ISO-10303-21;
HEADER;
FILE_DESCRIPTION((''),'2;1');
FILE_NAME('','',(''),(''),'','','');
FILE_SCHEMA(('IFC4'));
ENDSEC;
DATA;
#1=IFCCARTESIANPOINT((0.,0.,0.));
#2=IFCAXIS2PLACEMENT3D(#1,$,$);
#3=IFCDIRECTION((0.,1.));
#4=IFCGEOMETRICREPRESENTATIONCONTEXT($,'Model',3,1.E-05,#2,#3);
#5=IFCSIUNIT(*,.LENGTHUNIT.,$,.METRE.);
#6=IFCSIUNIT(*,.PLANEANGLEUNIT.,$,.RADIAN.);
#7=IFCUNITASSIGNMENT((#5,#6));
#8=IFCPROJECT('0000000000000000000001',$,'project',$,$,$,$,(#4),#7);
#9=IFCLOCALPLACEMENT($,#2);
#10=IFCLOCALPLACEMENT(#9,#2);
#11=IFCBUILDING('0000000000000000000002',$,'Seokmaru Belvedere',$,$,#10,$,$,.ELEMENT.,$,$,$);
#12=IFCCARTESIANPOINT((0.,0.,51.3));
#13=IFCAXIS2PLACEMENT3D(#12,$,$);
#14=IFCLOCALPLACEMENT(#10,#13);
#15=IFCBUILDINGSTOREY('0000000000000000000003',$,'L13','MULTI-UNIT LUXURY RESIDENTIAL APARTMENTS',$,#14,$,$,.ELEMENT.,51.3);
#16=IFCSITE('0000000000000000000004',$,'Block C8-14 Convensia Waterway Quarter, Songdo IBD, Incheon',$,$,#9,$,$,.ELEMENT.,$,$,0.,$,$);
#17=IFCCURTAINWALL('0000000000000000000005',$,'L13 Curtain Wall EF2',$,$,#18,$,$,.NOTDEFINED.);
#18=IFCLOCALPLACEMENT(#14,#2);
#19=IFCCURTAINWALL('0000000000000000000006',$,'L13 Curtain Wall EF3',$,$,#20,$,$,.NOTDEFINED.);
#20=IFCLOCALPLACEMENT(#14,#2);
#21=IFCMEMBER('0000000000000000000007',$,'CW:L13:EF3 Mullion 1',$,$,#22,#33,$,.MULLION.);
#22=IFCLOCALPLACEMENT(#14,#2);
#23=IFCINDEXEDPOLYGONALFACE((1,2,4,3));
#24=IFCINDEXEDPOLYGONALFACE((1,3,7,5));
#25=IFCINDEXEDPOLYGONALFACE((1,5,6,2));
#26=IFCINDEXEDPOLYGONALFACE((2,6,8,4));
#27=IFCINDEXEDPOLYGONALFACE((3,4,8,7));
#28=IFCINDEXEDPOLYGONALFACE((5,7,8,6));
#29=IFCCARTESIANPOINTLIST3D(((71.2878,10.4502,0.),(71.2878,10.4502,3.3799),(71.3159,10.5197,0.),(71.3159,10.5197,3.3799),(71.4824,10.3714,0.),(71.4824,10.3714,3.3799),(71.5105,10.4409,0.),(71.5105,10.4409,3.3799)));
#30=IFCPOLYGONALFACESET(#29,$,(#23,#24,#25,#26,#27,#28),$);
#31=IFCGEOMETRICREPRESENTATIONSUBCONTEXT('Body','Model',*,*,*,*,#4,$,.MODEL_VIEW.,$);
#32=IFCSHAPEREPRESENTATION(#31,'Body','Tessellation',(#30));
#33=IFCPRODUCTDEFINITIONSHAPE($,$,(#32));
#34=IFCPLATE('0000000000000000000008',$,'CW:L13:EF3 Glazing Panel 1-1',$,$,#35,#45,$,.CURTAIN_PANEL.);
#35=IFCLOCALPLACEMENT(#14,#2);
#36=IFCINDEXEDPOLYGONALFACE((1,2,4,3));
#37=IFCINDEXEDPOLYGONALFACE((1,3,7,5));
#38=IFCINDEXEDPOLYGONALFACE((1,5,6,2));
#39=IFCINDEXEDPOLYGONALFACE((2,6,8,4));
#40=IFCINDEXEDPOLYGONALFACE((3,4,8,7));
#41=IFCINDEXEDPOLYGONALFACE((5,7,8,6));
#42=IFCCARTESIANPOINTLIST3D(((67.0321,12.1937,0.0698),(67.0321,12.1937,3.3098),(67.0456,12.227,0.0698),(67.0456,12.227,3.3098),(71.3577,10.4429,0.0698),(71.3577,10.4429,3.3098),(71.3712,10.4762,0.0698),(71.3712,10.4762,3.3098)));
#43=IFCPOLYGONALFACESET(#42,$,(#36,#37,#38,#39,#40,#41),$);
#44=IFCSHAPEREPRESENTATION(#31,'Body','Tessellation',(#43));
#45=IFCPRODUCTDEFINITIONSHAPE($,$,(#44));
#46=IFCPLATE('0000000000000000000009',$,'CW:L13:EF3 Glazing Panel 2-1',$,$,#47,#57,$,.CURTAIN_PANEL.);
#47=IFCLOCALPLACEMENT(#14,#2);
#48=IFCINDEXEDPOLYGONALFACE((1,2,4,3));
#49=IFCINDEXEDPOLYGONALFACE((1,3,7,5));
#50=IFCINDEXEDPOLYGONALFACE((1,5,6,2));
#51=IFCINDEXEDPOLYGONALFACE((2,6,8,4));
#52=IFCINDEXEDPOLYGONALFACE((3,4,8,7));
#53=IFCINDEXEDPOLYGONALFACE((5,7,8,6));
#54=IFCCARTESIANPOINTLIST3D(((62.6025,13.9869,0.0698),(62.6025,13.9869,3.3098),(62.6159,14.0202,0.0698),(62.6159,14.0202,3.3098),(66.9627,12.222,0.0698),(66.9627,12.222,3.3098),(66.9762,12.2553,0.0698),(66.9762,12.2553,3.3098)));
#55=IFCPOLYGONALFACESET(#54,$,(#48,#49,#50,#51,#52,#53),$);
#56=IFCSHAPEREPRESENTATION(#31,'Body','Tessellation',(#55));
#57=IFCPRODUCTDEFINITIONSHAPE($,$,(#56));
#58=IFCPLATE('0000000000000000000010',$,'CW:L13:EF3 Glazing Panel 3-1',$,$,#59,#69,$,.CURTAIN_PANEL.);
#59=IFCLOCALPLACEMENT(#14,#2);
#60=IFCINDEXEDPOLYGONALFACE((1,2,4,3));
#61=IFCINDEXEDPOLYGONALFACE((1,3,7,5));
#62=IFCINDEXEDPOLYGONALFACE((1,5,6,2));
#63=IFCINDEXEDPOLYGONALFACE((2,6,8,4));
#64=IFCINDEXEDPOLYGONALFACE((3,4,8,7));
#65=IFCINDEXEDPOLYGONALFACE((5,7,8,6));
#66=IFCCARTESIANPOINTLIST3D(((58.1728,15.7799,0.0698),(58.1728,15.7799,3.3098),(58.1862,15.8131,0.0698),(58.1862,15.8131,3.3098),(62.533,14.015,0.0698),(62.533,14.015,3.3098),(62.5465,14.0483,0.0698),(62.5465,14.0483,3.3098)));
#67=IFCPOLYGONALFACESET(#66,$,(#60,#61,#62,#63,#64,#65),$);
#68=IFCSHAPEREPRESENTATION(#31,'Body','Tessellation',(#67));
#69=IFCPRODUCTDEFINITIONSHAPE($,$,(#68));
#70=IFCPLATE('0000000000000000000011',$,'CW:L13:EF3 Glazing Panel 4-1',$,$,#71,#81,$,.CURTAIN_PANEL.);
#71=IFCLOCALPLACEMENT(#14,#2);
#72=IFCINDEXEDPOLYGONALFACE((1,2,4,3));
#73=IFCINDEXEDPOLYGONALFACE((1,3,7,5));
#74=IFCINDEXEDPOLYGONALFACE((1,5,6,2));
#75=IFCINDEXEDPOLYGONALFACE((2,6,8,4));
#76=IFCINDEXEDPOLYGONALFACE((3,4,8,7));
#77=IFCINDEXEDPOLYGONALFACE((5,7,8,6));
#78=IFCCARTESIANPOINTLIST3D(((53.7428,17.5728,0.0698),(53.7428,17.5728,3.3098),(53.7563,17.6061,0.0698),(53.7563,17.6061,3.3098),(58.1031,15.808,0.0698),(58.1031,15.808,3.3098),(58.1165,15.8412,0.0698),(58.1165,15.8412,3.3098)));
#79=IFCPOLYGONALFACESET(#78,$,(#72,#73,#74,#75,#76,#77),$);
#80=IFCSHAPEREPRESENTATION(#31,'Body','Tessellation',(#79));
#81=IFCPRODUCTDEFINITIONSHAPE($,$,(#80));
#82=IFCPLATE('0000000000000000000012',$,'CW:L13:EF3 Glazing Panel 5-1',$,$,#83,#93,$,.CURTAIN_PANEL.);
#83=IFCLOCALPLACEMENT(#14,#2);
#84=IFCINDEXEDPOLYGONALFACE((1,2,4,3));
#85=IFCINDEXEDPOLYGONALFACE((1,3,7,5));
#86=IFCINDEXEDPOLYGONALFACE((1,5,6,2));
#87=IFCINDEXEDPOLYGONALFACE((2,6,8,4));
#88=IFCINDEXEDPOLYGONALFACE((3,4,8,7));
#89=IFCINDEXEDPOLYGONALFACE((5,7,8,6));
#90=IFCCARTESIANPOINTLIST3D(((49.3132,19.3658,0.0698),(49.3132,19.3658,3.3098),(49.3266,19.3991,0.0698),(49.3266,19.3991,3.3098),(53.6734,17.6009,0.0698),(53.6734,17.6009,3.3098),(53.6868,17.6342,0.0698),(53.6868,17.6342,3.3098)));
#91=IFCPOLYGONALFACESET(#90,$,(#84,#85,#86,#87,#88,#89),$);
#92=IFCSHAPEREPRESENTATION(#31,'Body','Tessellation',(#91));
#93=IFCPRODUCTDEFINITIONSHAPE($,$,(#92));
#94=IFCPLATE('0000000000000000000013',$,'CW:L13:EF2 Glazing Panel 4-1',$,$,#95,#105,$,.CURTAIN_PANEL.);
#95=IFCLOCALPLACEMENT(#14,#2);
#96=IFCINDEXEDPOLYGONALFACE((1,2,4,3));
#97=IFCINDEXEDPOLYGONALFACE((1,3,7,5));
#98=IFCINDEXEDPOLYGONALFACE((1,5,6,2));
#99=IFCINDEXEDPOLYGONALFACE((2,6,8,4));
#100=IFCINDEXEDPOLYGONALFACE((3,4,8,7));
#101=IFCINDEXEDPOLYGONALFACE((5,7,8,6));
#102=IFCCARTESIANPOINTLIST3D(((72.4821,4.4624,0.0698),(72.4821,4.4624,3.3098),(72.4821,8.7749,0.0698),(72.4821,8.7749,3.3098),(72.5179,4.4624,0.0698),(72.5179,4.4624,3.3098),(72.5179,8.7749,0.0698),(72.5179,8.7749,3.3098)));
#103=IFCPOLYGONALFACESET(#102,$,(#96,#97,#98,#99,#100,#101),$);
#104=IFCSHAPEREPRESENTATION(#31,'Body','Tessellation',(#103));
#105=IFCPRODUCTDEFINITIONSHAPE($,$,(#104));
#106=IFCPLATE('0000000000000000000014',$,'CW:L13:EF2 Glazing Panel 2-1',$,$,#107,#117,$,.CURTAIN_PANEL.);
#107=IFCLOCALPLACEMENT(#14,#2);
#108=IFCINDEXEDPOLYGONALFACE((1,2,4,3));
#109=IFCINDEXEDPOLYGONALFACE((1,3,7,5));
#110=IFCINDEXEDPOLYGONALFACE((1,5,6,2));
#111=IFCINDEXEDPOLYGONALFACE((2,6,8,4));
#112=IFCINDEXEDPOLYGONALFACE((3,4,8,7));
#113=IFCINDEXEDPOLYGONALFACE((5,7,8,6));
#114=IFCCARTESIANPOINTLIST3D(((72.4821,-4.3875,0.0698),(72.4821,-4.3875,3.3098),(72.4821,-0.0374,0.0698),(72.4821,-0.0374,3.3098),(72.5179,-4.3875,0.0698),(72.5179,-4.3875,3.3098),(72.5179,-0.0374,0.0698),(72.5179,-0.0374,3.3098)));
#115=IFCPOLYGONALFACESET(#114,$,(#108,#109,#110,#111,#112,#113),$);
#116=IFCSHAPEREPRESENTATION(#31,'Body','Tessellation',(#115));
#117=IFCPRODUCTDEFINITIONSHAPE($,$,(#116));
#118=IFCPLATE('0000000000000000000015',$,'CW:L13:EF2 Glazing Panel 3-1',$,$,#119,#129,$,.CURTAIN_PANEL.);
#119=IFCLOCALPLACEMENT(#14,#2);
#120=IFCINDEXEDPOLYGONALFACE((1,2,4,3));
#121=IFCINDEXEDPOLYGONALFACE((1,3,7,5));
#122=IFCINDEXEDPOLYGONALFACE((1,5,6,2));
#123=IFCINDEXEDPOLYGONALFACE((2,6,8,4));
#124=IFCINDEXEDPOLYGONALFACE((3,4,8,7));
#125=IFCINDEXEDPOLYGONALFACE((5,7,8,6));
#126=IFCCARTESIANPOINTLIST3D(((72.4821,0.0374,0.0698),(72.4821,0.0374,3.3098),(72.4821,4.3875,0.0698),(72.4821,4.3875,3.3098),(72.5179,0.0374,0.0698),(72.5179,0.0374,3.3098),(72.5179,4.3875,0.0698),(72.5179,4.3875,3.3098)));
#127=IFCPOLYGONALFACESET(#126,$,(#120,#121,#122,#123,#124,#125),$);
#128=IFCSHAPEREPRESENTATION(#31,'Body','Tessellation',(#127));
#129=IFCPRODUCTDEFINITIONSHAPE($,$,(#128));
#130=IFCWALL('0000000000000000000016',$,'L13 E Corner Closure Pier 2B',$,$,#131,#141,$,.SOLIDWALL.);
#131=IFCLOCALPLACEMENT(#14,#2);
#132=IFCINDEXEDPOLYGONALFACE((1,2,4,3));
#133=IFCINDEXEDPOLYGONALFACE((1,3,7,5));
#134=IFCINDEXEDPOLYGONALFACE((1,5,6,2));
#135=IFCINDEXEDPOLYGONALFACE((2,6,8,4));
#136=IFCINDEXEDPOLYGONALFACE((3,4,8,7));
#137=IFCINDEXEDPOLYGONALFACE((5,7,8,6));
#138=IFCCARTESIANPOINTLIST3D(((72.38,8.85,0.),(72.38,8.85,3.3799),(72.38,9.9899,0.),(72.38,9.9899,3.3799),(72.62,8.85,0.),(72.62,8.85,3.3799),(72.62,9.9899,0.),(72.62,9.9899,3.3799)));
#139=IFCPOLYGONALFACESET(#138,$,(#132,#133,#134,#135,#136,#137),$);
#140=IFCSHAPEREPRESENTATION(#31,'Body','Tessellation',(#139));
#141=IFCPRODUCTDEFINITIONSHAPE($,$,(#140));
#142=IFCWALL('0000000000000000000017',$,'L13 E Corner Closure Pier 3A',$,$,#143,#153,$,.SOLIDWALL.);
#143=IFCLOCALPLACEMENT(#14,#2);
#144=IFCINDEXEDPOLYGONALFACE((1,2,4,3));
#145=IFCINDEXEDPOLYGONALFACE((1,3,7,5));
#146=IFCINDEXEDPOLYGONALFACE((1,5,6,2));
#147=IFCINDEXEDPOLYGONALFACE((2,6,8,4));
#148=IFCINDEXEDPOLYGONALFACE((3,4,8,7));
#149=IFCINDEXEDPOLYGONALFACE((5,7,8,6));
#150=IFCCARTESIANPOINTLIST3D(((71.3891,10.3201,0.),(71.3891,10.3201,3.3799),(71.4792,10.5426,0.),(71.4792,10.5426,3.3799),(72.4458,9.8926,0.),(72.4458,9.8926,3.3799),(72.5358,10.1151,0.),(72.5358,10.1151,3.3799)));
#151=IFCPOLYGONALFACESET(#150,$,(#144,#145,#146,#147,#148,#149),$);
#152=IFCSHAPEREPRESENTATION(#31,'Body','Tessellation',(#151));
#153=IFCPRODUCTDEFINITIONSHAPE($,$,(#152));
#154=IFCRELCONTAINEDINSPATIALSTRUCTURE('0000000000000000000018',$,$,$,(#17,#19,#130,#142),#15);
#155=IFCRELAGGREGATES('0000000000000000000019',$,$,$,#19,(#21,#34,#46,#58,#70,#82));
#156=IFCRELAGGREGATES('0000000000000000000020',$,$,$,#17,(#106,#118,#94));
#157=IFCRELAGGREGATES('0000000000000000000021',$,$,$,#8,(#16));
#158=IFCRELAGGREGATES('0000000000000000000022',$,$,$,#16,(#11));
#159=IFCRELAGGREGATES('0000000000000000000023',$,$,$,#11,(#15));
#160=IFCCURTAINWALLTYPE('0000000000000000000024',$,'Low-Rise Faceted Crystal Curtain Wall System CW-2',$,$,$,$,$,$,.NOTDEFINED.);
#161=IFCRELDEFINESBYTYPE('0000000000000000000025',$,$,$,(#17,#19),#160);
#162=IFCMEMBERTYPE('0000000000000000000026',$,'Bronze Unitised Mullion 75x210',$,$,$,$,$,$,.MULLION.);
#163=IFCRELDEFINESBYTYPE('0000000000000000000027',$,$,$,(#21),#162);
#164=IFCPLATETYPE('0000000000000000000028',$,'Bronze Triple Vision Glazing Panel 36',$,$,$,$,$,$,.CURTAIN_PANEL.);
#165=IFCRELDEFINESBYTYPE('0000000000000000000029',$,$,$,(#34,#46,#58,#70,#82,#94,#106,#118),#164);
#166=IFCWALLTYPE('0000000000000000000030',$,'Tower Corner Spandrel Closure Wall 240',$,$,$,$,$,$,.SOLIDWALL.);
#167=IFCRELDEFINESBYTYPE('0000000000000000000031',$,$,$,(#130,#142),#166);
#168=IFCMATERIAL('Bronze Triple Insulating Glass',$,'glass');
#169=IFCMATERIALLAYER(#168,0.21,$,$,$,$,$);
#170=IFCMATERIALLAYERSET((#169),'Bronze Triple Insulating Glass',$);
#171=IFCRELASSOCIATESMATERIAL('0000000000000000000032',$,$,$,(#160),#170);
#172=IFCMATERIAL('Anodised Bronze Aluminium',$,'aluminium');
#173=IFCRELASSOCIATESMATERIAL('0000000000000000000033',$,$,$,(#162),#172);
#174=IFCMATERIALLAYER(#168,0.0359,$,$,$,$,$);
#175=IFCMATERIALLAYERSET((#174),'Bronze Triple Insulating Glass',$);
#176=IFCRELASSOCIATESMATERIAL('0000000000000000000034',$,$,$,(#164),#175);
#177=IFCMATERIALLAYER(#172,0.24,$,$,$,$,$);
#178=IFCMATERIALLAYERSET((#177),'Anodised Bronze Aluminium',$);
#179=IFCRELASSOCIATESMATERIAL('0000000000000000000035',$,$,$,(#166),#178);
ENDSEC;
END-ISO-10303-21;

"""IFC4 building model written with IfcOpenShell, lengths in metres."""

from ifc_helpers import new_model, si_unit, direction, frame, frame_2d, origin, origin_2d, place, context, subcontext, project, spatial, rectangle, extrude, source, transform, mapped, material, layer, layer_set, material_profile, profile_set, type_object, type_shapes, element, aggregate, save


model = new_model("IFC4")

# Units and contexts
model_context = context("Model", 3, precision=1e-05, world=origin(), true_north=direction((0.0, 1.0)))
body_context = subcontext(model_context, "Body", "Model", "MODEL_VIEW")
ifc_project = project(units=[si_unit("LENGTHUNIT", "METRE"), si_unit("PLANEANGLEUNIT", "RADIAN")], contexts=[model_context])

# Site, building, storey
site_placement = place(None, origin())
site = spatial("IfcSite", under=ifc_project, at=site_placement, Name="Block C8-14 Convensia Waterway Quarter, Songdo IBD, Incheon", CompositionType="ELEMENT", RefElevation=0.0)
building_placement = place(site_placement, origin())
building = spatial("IfcBuilding", under=site, at=building_placement, Name="Seokmaru Belvedere", CompositionType="ELEMENT")
storey_placement = place(building_placement, frame((0.0, 0.0, 51.3)))
storey = spatial("IfcBuildingStorey", under=building, at=storey_placement, Name="L13", Description="MULTI-UNIT LUXURY RESIDENTIAL APARTMENTS", CompositionType="ELEMENT", Elevation=51.3)

# Curtain walls
ifc_material_1 = material(Name="Bronze Triple Insulating Glass", Category="glass")
ifc_layer_1 = layer(ifc_material_1, 0.21)
ifc_layer_set_1 = layer_set([ifc_layer_1], Name="Bronze Triple Insulating Glass")
curtain_wall_type = type_object("IfcCurtainWallType", Name="Low-Rise Faceted Crystal Curtain Wall System CW-2", PredefinedType="NOTDEFINED", material=ifc_layer_set_1)
curtain_wall_1_placement = place(storey_placement, origin())
curtain_wall_1 = element("IfcCurtainWall", 1, at=curtain_wall_1_placement, inside=storey, type_object=curtain_wall_type, Name="L13 Curtain Wall EF2", PredefinedType="NOTDEFINED")
ifc_material_2 = material(Name="Anodised Bronze Aluminium", Category="aluminium")
ifc_material_profile_1 = material_profile(ifc_material_2, rectangle(XDim=0.075, YDim=0.21, at=origin_2d()), Name="CW-M-75x210")
ifc_profile_set_1 = profile_set([ifc_material_profile_1], Name="Anodised Bronze Aluminium")
member_type_1 = type_object("IfcMemberType", Name="Bronze Unitised Mullion 75x210", PredefinedType="MULLION", material=ifc_profile_set_1)
curtain_wall_2_placement = place(storey_placement, origin())
curtain_wall_2 = element("IfcCurtainWall", 2, at=curtain_wall_2_placement, inside=storey, type_object=curtain_wall_type, Name="L13 Curtain Wall EF3", PredefinedType="NOTDEFINED")

# Member
shared_shape_1 = source(origin(), body_context, "Body", "SweptSolid", [
    extrude(rectangle(XDim=0.075, YDim=0.21, at=origin_2d()), origin(), (0.0, 0.0, 1.0), 3.3799),
])
member_1_placement = place(storey_placement, frame((71.3992, 10.4456, 0.0), z_axis=(0.0, 0.0, 1.0), x_axis=(-0.375192, -0.926947, 0.0)))
member_1 = element("IfcMember", 3, at=member_1_placement, type_object=member_type_1, Name="CW:L13:EF3 Mullion 1", PredefinedType="MULLION", context=body_context, shape_type="MappedRepresentation", body=[
    mapped(shared_shape_1, transform((0.0, 0.0, 0.0), scale=1.0)),
])

# Plates
ifc_layer_2 = layer(ifc_material_1, 0.0359)
ifc_layer_set_2 = layer_set([ifc_layer_2], Name="Bronze Triple Insulating Glass")
plate_type = type_object("IfcPlateType", Name="Bronze Triple Vision Glazing Panel 36", PredefinedType="CURTAIN_PANEL", material=ifc_layer_set_2)
shared_shape_2 = source(origin(), body_context, "Body", "SweptSolid", [
    extrude(rectangle(XDim=4.6665, YDim=0.0359, at=origin_2d()), origin(), (0.0, 0.0, 1.0), 3.24),
])
plate_1_placement = place(storey_placement, frame((69.2017, 11.335, 0.0698), z_axis=(0.0, 0.0, 1.0), x_axis=(-0.926947, 0.375192, 0.0)))
plate_1 = element("IfcPlate", 4, at=plate_1_placement, type_object=plate_type, Name="CW:L13:EF3 Glazing Panel 1-1", PredefinedType="CURTAIN_PANEL", context=body_context, shape_type="MappedRepresentation", body=[
    mapped(shared_shape_2, transform((0.0, 0.0, 0.0), scale=1.0)),
])
shared_shape_3 = source(origin(), body_context, "Body", "SweptSolid", [
    extrude(rectangle(XDim=4.7039, YDim=0.0359, at=origin_2d()), origin(), (0.0, 0.0, 1.0), 3.24),
])
plate_2_placement = place(storey_placement, frame((64.7893, 13.1211, 0.0698), z_axis=(0.0, 0.0, 1.0), x_axis=(-0.926947, 0.375192, 0.0)))
plate_2 = element("IfcPlate", 5, at=plate_2_placement, type_object=plate_type, Name="CW:L13:EF3 Glazing Panel 2-1", PredefinedType="CURTAIN_PANEL", context=body_context, shape_type="MappedRepresentation", body=[
    mapped(shared_shape_3, transform((0.0, 0.0, 0.0), scale=1.0)),
])
plate_3_placement = place(storey_placement, frame((60.3596, 14.9141, 0.0698), z_axis=(0.0, 0.0, 1.0), x_axis=(-0.926947, 0.375192, 0.0)))
plate_3 = element("IfcPlate", 6, at=plate_3_placement, type_object=plate_type, Name="CW:L13:EF3 Glazing Panel 3-1", PredefinedType="CURTAIN_PANEL", context=body_context, shape_type="MappedRepresentation", body=[
    mapped(shared_shape_3, transform((0.0, 0.0, 0.0), scale=1.0)),
])
plate_4_placement = place(storey_placement, frame((55.9297, 16.707, 0.0698), z_axis=(0.0, 0.0, 1.0), x_axis=(-0.926947, 0.375192, 0.0)))
plate_4 = element("IfcPlate", 7, at=plate_4_placement, type_object=plate_type, Name="CW:L13:EF3 Glazing Panel 4-1", PredefinedType="CURTAIN_PANEL", context=body_context, shape_type="MappedRepresentation", body=[
    mapped(shared_shape_3, transform((0.0, 0.0, 0.0), scale=1.0)),
])
plate_5_placement = place(storey_placement, frame((51.5, 18.5, 0.0698), z_axis=(0.0, 0.0, 1.0), x_axis=(-0.926947, 0.375192, 0.0)))
plate_5 = element("IfcPlate", 8, at=plate_5_placement, type_object=plate_type, Name="CW:L13:EF3 Glazing Panel 5-1", PredefinedType="CURTAIN_PANEL", context=body_context, shape_type="MappedRepresentation", body=[
    mapped(shared_shape_3, transform((0.0, 0.0, 0.0), scale=1.0)),
])
aggregate(curtain_wall_2, [member_1, plate_1, plate_2, plate_3, plate_4, plate_5])
shared_shape_4 = source(origin(), body_context, "Body", "SweptSolid", [
    extrude(rectangle(XDim=4.3125, YDim=0.0359, at=origin_2d()), origin(), (0.0, 0.0, 1.0), 3.24),
])
plate_6_placement = place(storey_placement, frame((72.5, 6.6187, 0.0698), z_axis=(0.0, 0.0, 1.0), x_axis=(0.0, 1.0, 0.0)))
plate_6 = element("IfcPlate", 9, at=plate_6_placement, type_object=plate_type, Name="CW:L13:EF2 Glazing Panel 4-1", PredefinedType="CURTAIN_PANEL", context=body_context, shape_type="MappedRepresentation", body=[
    mapped(shared_shape_4, transform((0.0, 0.0, 0.0), scale=1.0)),
])
shared_shape_5 = source(origin(), body_context, "Body", "SweptSolid", [
    extrude(rectangle(XDim=4.3501, YDim=0.0359, at=origin_2d()), origin(), (0.0, 0.0, 1.0), 3.24),
])
type_shapes(plate_type, [shared_shape_2, shared_shape_3, shared_shape_4, shared_shape_5])
plate_7_placement = place(storey_placement, frame((72.5, -2.2124, 0.0698), z_axis=(0.0, 0.0, 1.0), x_axis=(0.0, 1.0, 0.0)))
plate_7 = element("IfcPlate", 10, at=plate_7_placement, type_object=plate_type, Name="CW:L13:EF2 Glazing Panel 2-1", PredefinedType="CURTAIN_PANEL", context=body_context, shape_type="MappedRepresentation", body=[
    mapped(shared_shape_5, transform((0.0, 0.0, 0.0), scale=1.0)),
])
plate_8_placement = place(storey_placement, frame((72.5, 2.2124, 0.0698), z_axis=(0.0, 0.0, 1.0), x_axis=(0.0, 1.0, 0.0)))
plate_8 = element("IfcPlate", 11, at=plate_8_placement, type_object=plate_type, Name="CW:L13:EF2 Glazing Panel 3-1", PredefinedType="CURTAIN_PANEL", context=body_context, shape_type="MappedRepresentation", body=[
    mapped(shared_shape_5, transform((0.0, 0.0, 0.0), scale=1.0)),
])
aggregate(curtain_wall_1, [plate_7, plate_8, plate_6])

# Walls
ifc_layer_3 = layer(ifc_material_2, 0.24)
ifc_layer_set_3 = layer_set([ifc_layer_3], Name="Anodised Bronze Aluminium")
wall_type = type_object("IfcWallType", Name="Tower Corner Spandrel Closure Wall 240", PredefinedType="SOLIDWALL", material=ifc_layer_set_3)
for number, where, z_axis, x_axis, name in (
    (12, (72.5, 8.8501, 0.0), (0.0, 0.0, 1.0), (0.0, 1.0, 0.0), "L13 E Corner Closure Pier 2B"),
    (13, (72.4907, 10.0039, 0.0), (0.0, 0.0, 1.0), (-0.927007, 0.375044, 0.0), "L13 E Corner Closure Pier 3A"),
):
    element("IfcWall", number, at=place(storey_placement, frame(where, z_axis=z_axis, x_axis=x_axis)), inside=storey, type_object=wall_type, Name=name, PredefinedType="SOLIDWALL", context=body_context, shape_type="SweptSolid", body=[
        extrude(rectangle(XDim=1.1399, YDim=0.24, at=frame_2d((0.5698, 0.0))), origin(), (0.0, 0.0, 1.0), 3.3799),
    ])

save(model, "model.ifc")
